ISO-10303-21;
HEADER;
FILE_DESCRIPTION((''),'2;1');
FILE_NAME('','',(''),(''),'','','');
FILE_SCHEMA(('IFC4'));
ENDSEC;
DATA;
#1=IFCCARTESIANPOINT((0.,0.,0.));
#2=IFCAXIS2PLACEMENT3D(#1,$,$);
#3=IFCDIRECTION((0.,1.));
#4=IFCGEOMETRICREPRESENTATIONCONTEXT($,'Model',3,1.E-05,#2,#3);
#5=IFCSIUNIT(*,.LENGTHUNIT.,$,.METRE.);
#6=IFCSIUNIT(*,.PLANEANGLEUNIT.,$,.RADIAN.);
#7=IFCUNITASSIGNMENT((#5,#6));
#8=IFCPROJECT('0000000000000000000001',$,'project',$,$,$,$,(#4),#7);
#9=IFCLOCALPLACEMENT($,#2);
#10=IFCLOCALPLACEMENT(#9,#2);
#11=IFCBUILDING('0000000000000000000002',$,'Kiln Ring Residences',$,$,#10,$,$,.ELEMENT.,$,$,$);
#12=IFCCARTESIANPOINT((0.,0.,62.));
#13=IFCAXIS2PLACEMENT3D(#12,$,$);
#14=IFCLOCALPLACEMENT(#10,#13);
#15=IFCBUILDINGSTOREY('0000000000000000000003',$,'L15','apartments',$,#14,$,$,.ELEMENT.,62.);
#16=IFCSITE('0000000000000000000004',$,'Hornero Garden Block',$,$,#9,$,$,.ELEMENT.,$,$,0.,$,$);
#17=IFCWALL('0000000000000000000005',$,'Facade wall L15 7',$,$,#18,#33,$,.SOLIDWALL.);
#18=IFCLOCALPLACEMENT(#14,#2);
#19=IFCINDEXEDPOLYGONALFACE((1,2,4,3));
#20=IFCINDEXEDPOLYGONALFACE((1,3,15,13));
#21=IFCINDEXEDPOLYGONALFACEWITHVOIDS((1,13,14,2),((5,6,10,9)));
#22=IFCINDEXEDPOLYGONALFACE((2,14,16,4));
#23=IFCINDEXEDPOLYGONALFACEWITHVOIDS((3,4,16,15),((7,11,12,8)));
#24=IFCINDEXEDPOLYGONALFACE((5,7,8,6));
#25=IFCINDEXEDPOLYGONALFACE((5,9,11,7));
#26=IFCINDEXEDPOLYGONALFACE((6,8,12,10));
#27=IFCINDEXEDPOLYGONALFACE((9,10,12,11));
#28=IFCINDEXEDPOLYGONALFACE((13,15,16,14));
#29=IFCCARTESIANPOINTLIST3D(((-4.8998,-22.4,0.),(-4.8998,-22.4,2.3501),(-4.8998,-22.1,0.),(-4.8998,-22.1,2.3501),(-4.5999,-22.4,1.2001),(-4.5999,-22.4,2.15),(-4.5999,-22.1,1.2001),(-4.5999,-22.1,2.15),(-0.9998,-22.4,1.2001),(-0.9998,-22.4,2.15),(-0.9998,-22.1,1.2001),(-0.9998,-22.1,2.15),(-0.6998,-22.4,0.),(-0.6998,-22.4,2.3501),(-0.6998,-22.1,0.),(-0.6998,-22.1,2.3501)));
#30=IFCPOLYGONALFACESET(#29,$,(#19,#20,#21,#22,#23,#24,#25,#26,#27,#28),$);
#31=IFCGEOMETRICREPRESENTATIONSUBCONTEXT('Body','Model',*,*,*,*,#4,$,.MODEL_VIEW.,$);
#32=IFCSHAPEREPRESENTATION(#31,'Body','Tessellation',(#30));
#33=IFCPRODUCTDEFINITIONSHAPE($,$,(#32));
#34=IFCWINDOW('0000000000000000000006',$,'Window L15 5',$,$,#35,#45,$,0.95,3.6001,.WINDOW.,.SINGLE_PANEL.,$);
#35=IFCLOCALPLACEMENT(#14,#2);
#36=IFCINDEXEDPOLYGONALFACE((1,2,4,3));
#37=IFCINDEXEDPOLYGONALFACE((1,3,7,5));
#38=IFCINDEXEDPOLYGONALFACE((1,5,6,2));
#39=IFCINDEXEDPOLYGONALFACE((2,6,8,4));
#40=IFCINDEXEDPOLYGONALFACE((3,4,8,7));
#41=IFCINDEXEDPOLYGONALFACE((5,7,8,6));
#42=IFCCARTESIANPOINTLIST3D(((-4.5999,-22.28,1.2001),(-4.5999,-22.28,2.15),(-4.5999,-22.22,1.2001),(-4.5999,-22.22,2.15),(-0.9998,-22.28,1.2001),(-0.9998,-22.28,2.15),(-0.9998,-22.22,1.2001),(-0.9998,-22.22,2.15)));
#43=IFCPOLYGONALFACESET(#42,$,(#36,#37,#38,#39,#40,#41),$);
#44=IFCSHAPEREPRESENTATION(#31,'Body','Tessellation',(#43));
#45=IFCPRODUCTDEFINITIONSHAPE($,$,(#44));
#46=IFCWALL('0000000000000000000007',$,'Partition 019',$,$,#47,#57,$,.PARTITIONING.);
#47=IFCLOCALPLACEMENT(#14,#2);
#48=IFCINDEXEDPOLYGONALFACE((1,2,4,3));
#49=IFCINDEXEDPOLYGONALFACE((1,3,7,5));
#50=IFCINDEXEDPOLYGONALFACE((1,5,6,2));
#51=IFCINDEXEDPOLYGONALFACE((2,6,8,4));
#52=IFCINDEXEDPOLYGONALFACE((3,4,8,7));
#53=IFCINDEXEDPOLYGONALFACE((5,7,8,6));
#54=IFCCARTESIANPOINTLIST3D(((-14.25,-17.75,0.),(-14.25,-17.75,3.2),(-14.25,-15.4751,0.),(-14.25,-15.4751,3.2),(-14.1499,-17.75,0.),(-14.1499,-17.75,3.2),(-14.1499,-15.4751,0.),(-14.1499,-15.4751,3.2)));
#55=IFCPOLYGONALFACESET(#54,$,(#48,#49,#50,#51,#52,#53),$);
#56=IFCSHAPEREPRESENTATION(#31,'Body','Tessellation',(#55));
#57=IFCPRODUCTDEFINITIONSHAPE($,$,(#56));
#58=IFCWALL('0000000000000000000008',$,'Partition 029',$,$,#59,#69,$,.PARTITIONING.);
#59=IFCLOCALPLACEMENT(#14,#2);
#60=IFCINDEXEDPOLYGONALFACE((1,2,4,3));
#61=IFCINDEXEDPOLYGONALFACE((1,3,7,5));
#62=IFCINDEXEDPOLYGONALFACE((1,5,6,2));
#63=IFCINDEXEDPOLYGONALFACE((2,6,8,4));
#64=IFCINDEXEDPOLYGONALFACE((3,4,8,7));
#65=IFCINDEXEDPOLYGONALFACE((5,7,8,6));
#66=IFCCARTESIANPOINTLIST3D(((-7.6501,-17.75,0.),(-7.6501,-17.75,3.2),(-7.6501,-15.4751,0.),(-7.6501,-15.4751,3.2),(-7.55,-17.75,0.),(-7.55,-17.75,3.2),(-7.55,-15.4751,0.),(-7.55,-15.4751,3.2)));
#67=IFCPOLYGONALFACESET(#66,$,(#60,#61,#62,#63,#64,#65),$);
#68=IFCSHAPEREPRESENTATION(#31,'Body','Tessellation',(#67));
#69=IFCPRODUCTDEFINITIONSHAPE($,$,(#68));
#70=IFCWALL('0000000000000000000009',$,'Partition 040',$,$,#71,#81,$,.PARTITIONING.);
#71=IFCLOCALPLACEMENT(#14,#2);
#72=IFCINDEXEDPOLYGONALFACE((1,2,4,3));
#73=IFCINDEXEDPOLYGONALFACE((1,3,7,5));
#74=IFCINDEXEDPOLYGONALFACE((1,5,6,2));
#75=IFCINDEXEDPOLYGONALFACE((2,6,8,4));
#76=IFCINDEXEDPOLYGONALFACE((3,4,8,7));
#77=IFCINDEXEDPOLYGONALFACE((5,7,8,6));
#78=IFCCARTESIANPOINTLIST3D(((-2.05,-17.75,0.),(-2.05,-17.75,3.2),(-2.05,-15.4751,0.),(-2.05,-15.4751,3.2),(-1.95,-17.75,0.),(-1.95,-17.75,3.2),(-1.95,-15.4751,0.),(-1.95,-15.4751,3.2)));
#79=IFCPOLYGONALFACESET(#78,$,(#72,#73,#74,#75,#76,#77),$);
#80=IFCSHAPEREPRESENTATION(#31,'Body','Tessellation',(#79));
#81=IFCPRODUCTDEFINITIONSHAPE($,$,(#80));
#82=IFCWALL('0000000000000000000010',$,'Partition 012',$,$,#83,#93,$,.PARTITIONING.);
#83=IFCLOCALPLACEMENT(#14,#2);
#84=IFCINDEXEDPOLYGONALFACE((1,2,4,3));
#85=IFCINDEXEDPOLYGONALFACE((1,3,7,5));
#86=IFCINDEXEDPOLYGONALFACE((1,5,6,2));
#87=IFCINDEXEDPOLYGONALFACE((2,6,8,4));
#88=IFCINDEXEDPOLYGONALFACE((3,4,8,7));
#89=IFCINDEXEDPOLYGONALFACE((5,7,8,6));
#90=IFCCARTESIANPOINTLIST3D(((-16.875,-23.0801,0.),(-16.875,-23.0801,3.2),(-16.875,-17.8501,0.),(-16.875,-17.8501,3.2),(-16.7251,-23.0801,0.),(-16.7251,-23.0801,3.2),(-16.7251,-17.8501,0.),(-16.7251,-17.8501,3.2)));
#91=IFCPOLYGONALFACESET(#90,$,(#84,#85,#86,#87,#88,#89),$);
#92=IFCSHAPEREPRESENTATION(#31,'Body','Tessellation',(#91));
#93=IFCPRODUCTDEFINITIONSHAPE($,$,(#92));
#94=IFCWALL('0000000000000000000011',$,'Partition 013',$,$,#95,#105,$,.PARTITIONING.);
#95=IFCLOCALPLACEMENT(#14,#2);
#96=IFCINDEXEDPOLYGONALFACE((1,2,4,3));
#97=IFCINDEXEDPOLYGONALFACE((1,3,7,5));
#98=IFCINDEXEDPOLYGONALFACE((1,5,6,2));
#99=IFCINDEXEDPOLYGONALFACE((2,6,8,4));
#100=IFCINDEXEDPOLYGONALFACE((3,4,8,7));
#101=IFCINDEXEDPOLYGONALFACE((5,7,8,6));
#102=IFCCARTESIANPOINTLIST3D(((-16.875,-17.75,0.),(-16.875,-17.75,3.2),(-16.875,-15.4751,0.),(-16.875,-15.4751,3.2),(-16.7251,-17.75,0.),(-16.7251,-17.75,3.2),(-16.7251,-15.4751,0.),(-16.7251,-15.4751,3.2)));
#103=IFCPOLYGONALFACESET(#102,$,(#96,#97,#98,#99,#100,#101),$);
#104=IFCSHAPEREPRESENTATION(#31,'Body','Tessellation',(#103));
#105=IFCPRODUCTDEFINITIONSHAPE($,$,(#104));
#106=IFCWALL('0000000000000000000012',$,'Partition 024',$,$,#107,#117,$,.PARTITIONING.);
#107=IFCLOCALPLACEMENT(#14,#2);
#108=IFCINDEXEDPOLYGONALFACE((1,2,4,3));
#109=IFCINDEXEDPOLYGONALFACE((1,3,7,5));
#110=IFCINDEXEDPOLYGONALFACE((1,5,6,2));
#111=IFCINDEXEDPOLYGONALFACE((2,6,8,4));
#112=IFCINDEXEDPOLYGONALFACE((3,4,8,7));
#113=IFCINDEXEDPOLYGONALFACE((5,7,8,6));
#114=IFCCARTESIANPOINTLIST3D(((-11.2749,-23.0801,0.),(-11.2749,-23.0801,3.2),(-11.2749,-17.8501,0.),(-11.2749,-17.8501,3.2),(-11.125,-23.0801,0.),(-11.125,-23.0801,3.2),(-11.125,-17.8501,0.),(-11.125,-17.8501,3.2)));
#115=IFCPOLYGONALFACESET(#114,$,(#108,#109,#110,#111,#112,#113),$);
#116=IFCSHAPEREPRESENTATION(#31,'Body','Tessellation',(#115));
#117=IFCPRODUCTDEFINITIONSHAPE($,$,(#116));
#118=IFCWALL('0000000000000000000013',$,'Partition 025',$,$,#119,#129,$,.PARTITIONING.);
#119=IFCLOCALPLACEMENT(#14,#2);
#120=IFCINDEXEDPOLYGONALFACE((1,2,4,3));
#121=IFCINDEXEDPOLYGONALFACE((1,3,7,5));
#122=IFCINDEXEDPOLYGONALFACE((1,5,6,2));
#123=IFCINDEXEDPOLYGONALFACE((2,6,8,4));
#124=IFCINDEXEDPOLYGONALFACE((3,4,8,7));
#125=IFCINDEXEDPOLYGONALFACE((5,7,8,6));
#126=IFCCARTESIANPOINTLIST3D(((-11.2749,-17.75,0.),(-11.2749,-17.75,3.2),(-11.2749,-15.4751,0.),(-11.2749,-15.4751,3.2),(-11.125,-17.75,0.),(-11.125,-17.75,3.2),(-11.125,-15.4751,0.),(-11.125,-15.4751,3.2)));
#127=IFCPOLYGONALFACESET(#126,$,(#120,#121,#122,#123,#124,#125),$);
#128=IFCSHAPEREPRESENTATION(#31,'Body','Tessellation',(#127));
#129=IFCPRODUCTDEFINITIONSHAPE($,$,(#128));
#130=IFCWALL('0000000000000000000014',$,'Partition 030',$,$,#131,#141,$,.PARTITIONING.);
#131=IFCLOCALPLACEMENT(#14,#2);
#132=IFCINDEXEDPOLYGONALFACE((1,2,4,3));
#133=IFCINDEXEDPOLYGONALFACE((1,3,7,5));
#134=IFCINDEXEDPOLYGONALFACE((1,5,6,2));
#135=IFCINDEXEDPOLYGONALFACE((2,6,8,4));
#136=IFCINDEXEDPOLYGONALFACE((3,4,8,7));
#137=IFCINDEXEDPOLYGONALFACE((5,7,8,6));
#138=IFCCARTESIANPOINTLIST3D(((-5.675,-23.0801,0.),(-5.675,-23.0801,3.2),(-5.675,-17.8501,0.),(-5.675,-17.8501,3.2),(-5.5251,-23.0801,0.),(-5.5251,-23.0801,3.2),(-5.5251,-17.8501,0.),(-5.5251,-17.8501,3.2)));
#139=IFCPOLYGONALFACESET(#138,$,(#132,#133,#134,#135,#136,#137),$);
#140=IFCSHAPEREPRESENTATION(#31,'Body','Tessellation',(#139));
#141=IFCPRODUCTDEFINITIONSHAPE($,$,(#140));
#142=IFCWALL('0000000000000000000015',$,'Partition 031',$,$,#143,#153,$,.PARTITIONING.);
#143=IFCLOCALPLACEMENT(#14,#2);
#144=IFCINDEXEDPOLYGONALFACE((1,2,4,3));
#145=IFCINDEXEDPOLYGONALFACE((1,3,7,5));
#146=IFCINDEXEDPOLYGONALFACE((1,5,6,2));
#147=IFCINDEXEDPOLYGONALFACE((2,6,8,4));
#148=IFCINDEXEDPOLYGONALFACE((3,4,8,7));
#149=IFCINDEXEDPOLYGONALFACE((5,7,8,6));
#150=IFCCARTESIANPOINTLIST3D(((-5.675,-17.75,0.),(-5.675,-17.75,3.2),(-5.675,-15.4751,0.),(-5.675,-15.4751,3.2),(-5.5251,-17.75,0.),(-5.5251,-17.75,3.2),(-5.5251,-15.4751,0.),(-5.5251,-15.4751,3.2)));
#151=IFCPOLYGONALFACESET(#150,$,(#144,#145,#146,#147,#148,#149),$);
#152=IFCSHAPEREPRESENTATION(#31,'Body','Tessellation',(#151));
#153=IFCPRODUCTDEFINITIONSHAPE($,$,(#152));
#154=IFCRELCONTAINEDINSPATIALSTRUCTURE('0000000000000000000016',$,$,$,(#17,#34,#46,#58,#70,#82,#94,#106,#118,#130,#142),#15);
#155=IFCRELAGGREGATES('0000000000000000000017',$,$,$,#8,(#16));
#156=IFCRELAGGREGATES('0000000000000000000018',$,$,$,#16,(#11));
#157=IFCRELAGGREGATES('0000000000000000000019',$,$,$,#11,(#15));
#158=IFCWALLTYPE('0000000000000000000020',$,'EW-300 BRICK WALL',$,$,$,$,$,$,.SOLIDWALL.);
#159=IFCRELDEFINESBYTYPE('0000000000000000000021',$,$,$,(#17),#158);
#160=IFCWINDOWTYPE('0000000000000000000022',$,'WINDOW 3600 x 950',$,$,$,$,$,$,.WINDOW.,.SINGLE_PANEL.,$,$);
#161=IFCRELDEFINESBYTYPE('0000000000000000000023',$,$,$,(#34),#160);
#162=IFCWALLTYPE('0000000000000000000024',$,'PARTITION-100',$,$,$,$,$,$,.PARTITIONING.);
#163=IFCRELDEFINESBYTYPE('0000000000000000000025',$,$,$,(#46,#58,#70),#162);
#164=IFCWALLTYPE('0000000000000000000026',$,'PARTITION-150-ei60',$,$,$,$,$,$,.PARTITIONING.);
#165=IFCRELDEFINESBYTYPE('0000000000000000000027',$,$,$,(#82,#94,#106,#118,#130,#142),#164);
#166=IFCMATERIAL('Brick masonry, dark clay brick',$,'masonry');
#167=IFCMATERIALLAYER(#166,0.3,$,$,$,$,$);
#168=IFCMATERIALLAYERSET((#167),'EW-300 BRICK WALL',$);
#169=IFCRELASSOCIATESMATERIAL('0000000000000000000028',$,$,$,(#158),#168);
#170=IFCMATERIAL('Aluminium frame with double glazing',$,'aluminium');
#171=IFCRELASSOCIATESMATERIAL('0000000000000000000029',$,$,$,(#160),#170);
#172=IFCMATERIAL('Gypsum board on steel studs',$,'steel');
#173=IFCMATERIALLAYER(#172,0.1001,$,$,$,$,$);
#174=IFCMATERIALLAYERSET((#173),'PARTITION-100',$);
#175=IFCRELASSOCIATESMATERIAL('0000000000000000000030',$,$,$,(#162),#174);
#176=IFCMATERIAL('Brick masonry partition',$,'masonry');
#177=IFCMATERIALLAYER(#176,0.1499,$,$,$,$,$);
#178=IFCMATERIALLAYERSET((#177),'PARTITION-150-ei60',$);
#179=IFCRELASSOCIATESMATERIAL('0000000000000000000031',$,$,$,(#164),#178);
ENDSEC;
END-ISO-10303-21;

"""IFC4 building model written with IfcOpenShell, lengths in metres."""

from ifc_helpers import new_model, si_unit, direction, frame, frame_2d, origin, place, context, subcontext, project, spatial, rectangle, extrude, material, layer, layer_set, type_object, element, fill, save


model = new_model("IFC4")

# Units and contexts
model_context = context("Model", 3, precision=1e-05, world=origin(), true_north=direction((0.0, 1.0)))
body_context = subcontext(model_context, "Body", "Model", "MODEL_VIEW")
ifc_project = project(units=[si_unit("LENGTHUNIT", "METRE"), si_unit("PLANEANGLEUNIT", "RADIAN")], contexts=[model_context])

# Site, building, storey
site_placement = place(None, origin())
site = spatial("IfcSite", under=ifc_project, at=site_placement, Name="Hornero Garden Block", CompositionType="ELEMENT", RefElevation=0.0)
building_placement = place(site_placement, origin())
building = spatial("IfcBuilding", under=site, at=building_placement, Name="Kiln Ring Residences", CompositionType="ELEMENT")
storey_placement = place(building_placement, frame((0.0, 0.0, 62.0)))
storey = spatial("IfcBuildingStorey", under=building, at=storey_placement, Name="L15", Description="apartments", CompositionType="ELEMENT", Elevation=62.0)

# Wall, opening, window
ifc_material_1 = material(Name="Brick masonry, dark clay brick", Category="masonry")
ifc_layer_1 = layer(ifc_material_1, 0.3)
ifc_layer_set_1 = layer_set([ifc_layer_1], Name="EW-300 BRICK WALL")
wall_type_1 = type_object("IfcWallType", Name="EW-300 BRICK WALL", PredefinedType="SOLIDWALL", material=ifc_layer_set_1)
ifc_material_2 = material(Name="Aluminium frame with double glazing", Category="aluminium")
window_type = type_object("IfcWindowType", Name="WINDOW 3600 x 950", PartitioningType="SINGLE_PANEL", PredefinedType="WINDOW", material=ifc_material_2)
wall_1_placement = place(storey_placement, frame((-4.8999, -22.25, 0.0), z_axis=(0.0, 0.0, 1.0), x_axis=(1.0, 0.0, 0.0)))
wall_1 = element("IfcWall", 1, at=wall_1_placement, inside=storey, type_object=wall_type_1, Name="Facade wall L15 7", PredefinedType="SOLIDWALL", context=body_context, shape_type="SweptSolid", body=[
    extrude(rectangle(XDim=4.2, YDim=0.3, at=frame_2d((2.1001, 0.0))), origin(), (0.0, 0.0, 1.0), 2.3501),
])
opening_1_placement = place(wall_1_placement, frame((0.3, 0.0, 1.2)))
opening_1 = element("IfcOpeningElement", 2, at=opening_1_placement, cuts=wall_1, PredefinedType="OPENING", context=body_context, shape_type="SweptSolid", body=[
    extrude(rectangle(XDim=3.6001, YDim=0.95, at=frame_2d((1.8, 0.4751))), frame((0.0, 0.1599, 0.0), z_axis=(0.0, -1.0, 0.0), x_axis=(1.0, 0.0, 0.0)), (0.0, 0.0, 1.0), 0.3201),
])
window_1_placement = place(opening_1_placement, origin())
window_1 = element("IfcWindow", 3, at=window_1_placement, inside=storey, type_object=window_type, Name="Window L15 5", OverallHeight=0.95, OverallWidth=3.6001, PartitioningType="SINGLE_PANEL", PredefinedType="WINDOW", context=body_context, shape_type="SweptSolid", body=[
    extrude(rectangle(XDim=3.6001, YDim=0.95, at=frame_2d((1.8, 0.4751))), frame((0.0, 0.03, 0.0), z_axis=(0.0, -1.0, 0.0), x_axis=(1.0, 0.0, 0.0)), (0.0, 0.0, 1.0), 0.0601),
])
fill(opening_1, window_1)

# Walls
ifc_material_3 = material(Name="Gypsum board on steel studs", Category="steel")
ifc_layer_2 = layer(ifc_material_3, 0.1001)
ifc_layer_set_2 = layer_set([ifc_layer_2], Name="PARTITION-100")
wall_type_2 = type_object("IfcWallType", Name="PARTITION-100", PredefinedType="PARTITIONING", material=ifc_layer_set_2)
for number, where, z_axis, x_axis, name in (
    (4, (-14.2, -17.75, 0.0), (0.0, 0.0, 1.0), (0.0, 1.0, 0.0), "Partition 019"),
    (5, (-7.6001, -17.75, 0.0), (0.0, 0.0, 1.0), (0.0, 1.0, 0.0), "Partition 029"),
    (6, (-2.0, -17.75, 0.0), (0.0, 0.0, 1.0), (0.0, 1.0, 0.0), "Partition 040"),
):
    element("IfcWall", number, at=place(storey_placement, frame(where, z_axis=z_axis, x_axis=x_axis)), inside=storey, type_object=wall_type_2, Name=name, PredefinedType="PARTITIONING", context=body_context, shape_type="SweptSolid", body=[
        extrude(rectangle(XDim=2.2749, YDim=0.1001, at=frame_2d((1.1375, 0.0))), origin(), (0.0, 0.0, 1.0), 3.2),
    ])
ifc_material_4 = material(Name="Brick masonry partition", Category="masonry")
ifc_layer_3 = layer(ifc_material_4, 0.1499)
ifc_layer_set_3 = layer_set([ifc_layer_3], Name="PARTITION-150-ei60")
wall_type_3 = type_object("IfcWallType", Name="PARTITION-150-ei60", PredefinedType="PARTITIONING", material=ifc_layer_set_3)
wall_2_placement = place(storey_placement, frame((-16.8, -23.0801, 0.0), z_axis=(0.0, 0.0, 1.0), x_axis=(0.0, 1.0, 0.0)))
element("IfcWall", 7, at=wall_2_placement, inside=storey, type_object=wall_type_3, Name="Partition 012", PredefinedType="PARTITIONING", context=body_context, shape_type="SweptSolid", body=[
    extrude(rectangle(XDim=5.23, YDim=0.1499, at=frame_2d((2.615, 0.0))), origin(), (0.0, 0.0, 1.0), 3.2),
])
wall_3_placement = place(storey_placement, frame((-16.8, -17.75, 0.0), z_axis=(0.0, 0.0, 1.0), x_axis=(0.0, 1.0, 0.0)))
element("IfcWall", 8, at=wall_3_placement, inside=storey, type_object=wall_type_3, Name="Partition 013", PredefinedType="PARTITIONING", context=body_context, shape_type="SweptSolid", body=[
    extrude(rectangle(XDim=2.2749, YDim=0.1499, at=frame_2d((1.1375, 0.0))), origin(), (0.0, 0.0, 1.0), 3.2),
])
wall_4_placement = place(storey_placement, frame((-11.2, -23.0801, 0.0), z_axis=(0.0, 0.0, 1.0), x_axis=(0.0, 1.0, 0.0)))
element("IfcWall", 9, at=wall_4_placement, inside=storey, type_object=wall_type_3, Name="Partition 024", PredefinedType="PARTITIONING", context=body_context, shape_type="SweptSolid", body=[
    extrude(rectangle(XDim=5.23, YDim=0.1499, at=frame_2d((2.615, 0.0))), origin(), (0.0, 0.0, 1.0), 3.2),
])
wall_5_placement = place(storey_placement, frame((-11.2, -17.75, 0.0), z_axis=(0.0, 0.0, 1.0), x_axis=(0.0, 1.0, 0.0)))
element("IfcWall", 10, at=wall_5_placement, inside=storey, type_object=wall_type_3, Name="Partition 025", PredefinedType="PARTITIONING", context=body_context, shape_type="SweptSolid", body=[
    extrude(rectangle(XDim=2.2749, YDim=0.1499, at=frame_2d((1.1375, 0.0))), origin(), (0.0, 0.0, 1.0), 3.2),
])
wall_6_placement = place(storey_placement, frame((-5.6001, -23.0801, 0.0), z_axis=(0.0, 0.0, 1.0), x_axis=(0.0, 1.0, 0.0)))
element("IfcWall", 11, at=wall_6_placement, inside=storey, type_object=wall_type_3, Name="Partition 030", PredefinedType="PARTITIONING", context=body_context, shape_type="SweptSolid", body=[
    extrude(rectangle(XDim=5.23, YDim=0.1499, at=frame_2d((2.615, 0.0))), origin(), (0.0, 0.0, 1.0), 3.2),
])
wall_7_placement = place(storey_placement, frame((-5.6001, -17.75, 0.0), z_axis=(0.0, 0.0, 1.0), x_axis=(0.0, 1.0, 0.0)))
element("IfcWall", 12, at=wall_7_placement, inside=storey, type_object=wall_type_3, Name="Partition 031", PredefinedType="PARTITIONING", context=body_context, shape_type="SweptSolid", body=[
    extrude(rectangle(XDim=2.2749, YDim=0.1499, at=frame_2d((1.1375, 0.0))), origin(), (0.0, 0.0, 1.0), 3.2),
])

save(model, "model.ifc")
